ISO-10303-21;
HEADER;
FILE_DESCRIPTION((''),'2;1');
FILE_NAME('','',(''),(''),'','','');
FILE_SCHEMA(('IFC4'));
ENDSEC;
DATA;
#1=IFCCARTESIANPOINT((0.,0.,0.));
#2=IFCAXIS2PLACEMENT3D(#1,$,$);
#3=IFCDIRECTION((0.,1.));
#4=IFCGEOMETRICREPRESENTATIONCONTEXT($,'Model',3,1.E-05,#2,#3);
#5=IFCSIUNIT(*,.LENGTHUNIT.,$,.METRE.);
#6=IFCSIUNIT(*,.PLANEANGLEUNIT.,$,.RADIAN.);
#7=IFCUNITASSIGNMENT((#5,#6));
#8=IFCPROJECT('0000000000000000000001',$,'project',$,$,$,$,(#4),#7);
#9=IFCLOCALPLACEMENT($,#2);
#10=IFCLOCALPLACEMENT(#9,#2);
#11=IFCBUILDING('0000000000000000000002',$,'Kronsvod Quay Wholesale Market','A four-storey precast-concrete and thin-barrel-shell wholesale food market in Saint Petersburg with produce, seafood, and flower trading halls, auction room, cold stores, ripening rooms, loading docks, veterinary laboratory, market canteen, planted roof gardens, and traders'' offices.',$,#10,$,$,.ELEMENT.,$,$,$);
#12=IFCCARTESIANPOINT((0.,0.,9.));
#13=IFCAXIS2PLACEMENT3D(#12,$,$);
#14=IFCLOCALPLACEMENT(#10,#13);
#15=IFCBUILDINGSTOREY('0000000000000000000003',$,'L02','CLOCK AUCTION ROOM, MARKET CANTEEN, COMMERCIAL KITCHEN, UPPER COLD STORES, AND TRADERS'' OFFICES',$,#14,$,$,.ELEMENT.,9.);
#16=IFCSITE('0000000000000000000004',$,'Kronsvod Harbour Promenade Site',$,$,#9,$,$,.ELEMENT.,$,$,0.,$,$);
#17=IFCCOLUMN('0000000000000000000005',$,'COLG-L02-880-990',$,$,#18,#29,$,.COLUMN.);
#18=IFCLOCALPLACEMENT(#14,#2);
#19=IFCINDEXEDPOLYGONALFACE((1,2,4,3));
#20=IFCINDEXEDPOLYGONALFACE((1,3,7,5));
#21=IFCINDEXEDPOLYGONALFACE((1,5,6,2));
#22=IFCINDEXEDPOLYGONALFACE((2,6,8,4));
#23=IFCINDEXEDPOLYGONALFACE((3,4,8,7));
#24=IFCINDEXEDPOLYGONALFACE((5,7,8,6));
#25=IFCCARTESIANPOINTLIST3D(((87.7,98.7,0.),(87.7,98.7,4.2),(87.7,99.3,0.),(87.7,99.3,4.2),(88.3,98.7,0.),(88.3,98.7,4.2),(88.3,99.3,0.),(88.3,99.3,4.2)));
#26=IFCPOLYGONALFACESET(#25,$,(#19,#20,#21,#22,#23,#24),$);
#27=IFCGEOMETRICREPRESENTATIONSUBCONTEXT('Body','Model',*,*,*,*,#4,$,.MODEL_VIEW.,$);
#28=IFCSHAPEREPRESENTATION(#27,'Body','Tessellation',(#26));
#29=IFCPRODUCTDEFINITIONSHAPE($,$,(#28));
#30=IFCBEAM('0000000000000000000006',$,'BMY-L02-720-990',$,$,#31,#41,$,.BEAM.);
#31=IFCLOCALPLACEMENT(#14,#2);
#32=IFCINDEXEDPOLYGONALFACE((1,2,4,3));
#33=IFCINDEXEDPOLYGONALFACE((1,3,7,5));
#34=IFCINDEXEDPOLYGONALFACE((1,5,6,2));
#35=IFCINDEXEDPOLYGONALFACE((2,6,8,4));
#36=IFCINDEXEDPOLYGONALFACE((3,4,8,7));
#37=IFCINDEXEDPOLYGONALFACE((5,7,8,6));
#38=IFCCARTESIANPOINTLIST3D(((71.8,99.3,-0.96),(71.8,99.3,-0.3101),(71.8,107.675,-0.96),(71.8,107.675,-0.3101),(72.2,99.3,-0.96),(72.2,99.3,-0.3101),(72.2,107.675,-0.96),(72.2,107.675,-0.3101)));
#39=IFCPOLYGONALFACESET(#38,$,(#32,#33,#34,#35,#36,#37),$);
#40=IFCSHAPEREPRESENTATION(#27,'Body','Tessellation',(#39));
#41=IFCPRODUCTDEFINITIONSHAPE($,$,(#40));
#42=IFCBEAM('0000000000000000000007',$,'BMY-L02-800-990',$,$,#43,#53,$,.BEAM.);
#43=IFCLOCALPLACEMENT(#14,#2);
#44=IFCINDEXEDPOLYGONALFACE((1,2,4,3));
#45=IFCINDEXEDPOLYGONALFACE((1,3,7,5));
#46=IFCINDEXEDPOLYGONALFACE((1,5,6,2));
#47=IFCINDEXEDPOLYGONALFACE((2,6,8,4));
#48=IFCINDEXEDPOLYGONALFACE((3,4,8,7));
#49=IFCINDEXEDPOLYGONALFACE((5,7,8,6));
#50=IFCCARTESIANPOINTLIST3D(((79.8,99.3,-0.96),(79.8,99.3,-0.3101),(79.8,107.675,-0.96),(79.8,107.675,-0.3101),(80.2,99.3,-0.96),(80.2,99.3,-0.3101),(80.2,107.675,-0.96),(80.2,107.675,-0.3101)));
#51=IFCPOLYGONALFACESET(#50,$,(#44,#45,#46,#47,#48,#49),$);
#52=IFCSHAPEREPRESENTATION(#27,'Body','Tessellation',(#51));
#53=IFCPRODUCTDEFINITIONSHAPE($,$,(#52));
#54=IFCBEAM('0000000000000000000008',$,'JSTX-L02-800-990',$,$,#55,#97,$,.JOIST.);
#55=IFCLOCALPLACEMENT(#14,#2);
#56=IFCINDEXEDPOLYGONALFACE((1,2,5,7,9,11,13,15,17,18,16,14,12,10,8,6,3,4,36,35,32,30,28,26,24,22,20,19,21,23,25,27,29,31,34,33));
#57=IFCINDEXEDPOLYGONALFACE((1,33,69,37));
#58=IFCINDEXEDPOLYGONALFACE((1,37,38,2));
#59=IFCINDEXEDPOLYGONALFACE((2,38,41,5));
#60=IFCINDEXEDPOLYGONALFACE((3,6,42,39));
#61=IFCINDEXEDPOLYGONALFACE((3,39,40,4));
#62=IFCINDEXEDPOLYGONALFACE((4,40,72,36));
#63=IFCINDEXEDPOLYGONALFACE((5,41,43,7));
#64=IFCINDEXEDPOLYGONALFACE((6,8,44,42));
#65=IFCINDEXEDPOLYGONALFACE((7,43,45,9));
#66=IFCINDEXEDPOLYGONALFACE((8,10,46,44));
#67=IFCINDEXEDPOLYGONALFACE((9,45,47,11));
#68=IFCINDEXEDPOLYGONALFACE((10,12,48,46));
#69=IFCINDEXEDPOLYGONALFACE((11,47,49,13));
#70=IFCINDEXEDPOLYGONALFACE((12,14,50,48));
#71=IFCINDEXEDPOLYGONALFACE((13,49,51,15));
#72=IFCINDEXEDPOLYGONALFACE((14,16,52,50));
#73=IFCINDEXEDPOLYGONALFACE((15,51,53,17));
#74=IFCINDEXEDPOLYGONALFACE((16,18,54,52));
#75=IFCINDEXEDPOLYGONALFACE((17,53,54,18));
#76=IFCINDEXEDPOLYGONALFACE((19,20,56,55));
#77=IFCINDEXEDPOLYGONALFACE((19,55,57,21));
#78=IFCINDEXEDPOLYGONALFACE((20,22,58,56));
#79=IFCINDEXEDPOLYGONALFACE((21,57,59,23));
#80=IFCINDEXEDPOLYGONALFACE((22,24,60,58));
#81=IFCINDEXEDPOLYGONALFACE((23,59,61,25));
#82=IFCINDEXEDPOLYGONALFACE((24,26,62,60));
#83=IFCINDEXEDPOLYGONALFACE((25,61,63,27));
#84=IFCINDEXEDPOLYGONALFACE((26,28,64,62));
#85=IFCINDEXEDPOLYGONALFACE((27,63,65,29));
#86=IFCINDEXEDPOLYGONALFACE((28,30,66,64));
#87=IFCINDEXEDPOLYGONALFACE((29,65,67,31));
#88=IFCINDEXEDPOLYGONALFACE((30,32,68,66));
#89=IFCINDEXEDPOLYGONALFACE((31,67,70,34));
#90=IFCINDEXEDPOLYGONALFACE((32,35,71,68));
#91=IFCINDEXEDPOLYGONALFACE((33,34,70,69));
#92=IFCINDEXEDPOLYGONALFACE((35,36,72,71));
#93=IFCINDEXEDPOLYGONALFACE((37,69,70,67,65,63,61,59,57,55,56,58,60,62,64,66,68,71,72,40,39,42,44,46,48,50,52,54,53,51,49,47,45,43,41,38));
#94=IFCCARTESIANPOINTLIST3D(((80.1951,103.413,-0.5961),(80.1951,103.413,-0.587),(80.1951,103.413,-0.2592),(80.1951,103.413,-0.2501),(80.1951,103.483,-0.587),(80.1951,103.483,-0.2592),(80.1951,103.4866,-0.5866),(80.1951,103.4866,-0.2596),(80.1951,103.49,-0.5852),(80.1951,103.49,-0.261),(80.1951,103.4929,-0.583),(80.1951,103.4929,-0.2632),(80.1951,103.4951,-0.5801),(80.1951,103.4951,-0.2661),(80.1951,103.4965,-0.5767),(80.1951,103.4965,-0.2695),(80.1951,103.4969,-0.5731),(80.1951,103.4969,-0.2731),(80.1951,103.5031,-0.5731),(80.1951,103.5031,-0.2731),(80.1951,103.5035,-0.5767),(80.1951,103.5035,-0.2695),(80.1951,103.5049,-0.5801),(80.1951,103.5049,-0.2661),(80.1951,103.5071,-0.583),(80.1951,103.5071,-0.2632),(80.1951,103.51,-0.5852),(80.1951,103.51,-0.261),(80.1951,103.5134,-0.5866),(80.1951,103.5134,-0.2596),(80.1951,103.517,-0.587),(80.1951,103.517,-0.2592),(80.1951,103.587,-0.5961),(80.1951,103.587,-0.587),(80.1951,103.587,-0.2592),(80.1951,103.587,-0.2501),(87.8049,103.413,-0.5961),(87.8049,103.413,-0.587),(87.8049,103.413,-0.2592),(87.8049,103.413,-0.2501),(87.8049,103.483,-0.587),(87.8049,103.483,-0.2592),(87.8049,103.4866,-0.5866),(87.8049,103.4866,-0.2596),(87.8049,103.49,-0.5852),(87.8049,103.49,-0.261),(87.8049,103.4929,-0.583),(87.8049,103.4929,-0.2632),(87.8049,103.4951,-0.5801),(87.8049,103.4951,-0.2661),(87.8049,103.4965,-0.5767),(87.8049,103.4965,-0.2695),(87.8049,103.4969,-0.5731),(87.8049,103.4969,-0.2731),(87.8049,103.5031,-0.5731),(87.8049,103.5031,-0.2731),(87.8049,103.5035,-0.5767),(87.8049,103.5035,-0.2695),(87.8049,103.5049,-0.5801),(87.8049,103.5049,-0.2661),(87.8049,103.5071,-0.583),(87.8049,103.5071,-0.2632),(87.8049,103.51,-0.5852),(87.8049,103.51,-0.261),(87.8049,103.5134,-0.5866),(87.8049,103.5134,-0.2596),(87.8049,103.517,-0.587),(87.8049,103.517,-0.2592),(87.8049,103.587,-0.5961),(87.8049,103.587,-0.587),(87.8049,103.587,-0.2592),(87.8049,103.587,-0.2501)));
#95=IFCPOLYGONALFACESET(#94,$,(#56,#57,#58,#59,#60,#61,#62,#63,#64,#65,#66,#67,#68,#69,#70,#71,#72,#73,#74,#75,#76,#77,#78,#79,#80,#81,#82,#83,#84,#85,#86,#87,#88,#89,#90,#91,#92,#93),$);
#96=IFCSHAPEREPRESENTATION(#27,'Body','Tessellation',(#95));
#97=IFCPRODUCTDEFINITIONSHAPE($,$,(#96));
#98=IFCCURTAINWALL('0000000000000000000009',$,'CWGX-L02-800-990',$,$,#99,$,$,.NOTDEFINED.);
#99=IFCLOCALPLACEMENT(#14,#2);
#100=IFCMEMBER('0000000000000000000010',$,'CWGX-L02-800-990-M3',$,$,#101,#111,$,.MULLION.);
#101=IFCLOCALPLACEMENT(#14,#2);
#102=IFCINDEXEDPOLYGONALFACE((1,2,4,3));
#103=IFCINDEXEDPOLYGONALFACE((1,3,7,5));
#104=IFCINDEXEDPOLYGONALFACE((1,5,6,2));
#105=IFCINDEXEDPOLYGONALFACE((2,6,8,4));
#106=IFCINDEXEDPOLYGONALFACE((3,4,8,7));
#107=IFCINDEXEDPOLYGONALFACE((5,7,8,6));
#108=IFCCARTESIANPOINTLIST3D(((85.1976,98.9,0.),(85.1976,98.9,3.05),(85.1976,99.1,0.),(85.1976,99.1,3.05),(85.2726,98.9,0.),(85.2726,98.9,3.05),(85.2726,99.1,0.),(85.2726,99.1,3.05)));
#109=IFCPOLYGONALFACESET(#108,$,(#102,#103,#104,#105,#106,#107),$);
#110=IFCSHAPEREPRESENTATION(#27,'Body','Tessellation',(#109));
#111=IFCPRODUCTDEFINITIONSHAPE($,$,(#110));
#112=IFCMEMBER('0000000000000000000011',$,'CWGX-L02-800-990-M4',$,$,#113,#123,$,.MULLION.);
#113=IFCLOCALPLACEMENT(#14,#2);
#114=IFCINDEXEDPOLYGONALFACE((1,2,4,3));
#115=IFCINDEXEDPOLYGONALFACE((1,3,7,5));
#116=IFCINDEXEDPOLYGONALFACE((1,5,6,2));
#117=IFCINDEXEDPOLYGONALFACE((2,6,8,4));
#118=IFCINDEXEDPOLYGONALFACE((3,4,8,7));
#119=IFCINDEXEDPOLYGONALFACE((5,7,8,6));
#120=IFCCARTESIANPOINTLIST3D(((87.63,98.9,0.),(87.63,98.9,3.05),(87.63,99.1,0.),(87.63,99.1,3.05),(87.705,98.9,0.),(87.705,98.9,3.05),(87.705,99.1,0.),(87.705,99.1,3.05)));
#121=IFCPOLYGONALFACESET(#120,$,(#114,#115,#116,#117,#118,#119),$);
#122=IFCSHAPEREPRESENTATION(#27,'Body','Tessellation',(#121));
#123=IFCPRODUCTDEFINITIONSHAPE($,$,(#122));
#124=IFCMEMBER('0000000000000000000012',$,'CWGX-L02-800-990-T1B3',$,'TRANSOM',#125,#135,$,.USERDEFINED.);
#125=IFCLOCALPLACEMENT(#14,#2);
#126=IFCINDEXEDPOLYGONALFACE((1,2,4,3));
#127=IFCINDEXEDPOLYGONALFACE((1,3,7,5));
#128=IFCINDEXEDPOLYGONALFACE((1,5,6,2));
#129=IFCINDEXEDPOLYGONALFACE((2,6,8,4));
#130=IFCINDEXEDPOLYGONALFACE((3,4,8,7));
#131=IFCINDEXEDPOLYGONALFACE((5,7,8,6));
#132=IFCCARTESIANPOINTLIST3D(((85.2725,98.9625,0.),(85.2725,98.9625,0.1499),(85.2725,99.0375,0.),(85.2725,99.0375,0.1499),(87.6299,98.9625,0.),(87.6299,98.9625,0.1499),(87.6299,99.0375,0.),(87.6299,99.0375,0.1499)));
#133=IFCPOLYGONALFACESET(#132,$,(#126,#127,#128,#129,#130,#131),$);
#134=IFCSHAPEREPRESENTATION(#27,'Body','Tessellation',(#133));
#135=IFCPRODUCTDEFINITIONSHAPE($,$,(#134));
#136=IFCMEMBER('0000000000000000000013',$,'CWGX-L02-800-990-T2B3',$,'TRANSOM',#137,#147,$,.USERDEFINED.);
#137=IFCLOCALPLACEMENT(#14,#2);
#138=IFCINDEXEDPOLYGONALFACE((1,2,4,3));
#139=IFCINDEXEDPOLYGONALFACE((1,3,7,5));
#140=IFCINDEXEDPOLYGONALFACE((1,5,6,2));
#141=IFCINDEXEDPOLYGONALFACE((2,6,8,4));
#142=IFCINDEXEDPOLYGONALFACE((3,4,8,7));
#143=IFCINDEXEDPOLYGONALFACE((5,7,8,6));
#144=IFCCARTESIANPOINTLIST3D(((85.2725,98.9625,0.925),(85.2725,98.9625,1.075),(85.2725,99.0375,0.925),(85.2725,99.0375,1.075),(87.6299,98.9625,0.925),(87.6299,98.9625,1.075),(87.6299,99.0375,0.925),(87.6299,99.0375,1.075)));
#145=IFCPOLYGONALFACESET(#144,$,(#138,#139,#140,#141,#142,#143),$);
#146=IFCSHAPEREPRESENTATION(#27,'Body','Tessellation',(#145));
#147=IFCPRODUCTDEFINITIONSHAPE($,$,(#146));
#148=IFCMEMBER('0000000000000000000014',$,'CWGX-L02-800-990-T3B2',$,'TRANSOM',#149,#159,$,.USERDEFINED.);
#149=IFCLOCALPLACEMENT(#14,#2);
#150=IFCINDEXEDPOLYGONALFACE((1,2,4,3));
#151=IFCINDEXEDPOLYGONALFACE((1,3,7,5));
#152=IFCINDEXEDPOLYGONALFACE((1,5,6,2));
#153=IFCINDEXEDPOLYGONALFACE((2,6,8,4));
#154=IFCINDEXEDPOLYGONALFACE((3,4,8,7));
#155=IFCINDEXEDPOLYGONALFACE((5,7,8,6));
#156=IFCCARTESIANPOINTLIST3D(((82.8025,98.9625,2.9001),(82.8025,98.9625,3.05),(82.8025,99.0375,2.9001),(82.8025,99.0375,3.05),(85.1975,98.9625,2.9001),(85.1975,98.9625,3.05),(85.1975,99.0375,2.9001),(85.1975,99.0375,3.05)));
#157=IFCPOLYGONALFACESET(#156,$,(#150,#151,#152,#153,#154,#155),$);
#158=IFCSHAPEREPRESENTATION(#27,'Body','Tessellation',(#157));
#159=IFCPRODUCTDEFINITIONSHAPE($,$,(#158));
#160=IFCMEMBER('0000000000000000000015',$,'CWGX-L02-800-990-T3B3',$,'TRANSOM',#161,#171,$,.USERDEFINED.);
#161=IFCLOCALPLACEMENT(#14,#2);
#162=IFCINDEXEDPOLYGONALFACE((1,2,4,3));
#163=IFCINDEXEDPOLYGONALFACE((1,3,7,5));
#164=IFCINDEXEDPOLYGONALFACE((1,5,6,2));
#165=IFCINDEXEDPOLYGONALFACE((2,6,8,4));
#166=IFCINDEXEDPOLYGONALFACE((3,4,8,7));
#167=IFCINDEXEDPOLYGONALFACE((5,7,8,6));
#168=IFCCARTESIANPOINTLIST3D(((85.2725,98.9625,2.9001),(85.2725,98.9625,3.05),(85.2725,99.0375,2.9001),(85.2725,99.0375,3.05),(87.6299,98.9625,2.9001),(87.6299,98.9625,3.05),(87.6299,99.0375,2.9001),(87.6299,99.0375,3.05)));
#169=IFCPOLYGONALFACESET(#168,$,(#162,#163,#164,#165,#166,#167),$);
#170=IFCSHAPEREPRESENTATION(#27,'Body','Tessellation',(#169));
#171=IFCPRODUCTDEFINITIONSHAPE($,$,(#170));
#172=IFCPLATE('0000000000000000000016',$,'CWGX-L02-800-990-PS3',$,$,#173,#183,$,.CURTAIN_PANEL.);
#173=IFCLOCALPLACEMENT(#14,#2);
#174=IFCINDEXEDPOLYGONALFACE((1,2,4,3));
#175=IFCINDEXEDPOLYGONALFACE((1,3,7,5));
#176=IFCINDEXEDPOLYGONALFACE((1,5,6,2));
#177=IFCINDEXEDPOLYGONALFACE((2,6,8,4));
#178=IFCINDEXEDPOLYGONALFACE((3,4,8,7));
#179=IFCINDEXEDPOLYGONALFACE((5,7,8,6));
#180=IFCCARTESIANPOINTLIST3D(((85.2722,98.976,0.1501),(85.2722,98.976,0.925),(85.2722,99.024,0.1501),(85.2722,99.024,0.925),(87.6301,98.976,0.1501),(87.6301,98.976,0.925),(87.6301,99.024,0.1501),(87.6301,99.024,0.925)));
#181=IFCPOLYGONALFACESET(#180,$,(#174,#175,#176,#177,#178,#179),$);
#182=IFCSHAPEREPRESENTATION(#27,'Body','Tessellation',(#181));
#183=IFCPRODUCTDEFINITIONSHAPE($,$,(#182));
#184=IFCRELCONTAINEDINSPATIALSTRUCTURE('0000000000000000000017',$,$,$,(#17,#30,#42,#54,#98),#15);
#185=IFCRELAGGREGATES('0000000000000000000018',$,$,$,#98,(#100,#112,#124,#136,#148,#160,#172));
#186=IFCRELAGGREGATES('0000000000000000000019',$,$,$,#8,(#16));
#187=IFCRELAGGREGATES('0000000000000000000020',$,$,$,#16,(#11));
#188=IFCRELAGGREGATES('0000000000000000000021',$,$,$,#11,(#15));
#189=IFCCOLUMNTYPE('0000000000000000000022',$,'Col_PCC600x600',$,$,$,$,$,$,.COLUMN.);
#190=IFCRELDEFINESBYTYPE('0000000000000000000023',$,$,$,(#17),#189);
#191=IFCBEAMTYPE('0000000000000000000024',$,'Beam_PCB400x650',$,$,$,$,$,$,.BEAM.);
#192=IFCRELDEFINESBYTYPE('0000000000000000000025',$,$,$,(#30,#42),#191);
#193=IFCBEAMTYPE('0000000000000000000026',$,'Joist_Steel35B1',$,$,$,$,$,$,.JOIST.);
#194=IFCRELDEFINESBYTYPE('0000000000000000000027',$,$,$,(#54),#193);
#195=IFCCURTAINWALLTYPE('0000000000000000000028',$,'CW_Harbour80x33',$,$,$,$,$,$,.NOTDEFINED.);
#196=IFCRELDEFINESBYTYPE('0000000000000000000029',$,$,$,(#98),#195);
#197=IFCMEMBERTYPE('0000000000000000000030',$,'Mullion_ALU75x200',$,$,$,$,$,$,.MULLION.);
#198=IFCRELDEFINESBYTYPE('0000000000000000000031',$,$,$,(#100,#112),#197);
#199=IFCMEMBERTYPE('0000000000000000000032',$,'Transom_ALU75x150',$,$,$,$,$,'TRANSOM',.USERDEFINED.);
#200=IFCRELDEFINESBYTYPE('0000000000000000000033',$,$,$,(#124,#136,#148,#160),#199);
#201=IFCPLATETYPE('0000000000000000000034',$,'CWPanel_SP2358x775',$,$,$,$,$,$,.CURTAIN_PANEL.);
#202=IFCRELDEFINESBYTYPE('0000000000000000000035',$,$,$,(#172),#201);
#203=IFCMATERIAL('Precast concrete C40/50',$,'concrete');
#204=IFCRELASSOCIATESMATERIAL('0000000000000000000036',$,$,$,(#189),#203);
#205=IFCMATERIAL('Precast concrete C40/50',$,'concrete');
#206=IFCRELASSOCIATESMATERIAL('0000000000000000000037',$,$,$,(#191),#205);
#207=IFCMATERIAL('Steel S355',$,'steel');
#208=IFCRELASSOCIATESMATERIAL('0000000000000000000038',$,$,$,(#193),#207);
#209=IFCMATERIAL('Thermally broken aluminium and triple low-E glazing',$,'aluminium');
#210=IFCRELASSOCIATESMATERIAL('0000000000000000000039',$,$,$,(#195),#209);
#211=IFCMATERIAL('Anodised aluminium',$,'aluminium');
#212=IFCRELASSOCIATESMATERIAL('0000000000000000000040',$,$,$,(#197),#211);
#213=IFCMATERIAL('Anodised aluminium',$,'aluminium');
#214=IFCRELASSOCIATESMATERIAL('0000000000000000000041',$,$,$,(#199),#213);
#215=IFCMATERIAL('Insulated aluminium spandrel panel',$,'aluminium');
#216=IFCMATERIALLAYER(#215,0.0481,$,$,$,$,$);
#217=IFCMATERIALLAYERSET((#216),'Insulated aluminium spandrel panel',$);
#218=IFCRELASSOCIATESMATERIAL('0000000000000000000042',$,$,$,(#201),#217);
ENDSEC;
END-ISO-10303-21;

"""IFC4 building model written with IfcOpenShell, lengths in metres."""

from ifc_helpers import new_model, si_unit, direction, frame, origin, origin_2d, place, context, subcontext, project, spatial, rectangle, i_section, extrude, material, layer, layer_set, material_profile, profile_set, type_object, element, aggregate, save


model = new_model("IFC4")

# Units and contexts
model_context = context("Model", 3, precision=1e-05, world=origin(), true_north=direction((0.0, 1.0)))
body_context = subcontext(model_context, "Body", "Model", "MODEL_VIEW")
ifc_project = project(units=[si_unit("LENGTHUNIT", "METRE"), si_unit("PLANEANGLEUNIT", "RADIAN")], contexts=[model_context])

# Site, building, storey
site_placement = place(None, origin())
site = spatial("IfcSite", under=ifc_project, at=site_placement, Name="Kronsvod Harbour Promenade Site", CompositionType="ELEMENT", RefElevation=0.0)
building_placement = place(site_placement, origin())
building = spatial("IfcBuilding", under=site, at=building_placement, Name="Kronsvod Quay Wholesale Market", Description="A four-storey precast-concrete and thin-barrel-shell wholesale food market in Saint Petersburg with produce, seafood, and flower trading halls, auction room, cold stores, ripening rooms, loading docks, veterinary laboratory, market canteen, planted roof gardens, and traders' offices.", CompositionType="ELEMENT")
storey_placement = place(building_placement, frame((0.0, 0.0, 9.0)))
storey = spatial("IfcBuildingStorey", under=building, at=storey_placement, Name="L02", Description="CLOCK AUCTION ROOM, MARKET CANTEEN, COMMERCIAL KITCHEN, UPPER COLD STORES, AND TRADERS' OFFICES", CompositionType="ELEMENT", Elevation=9.0)

# Column
ifc_material_1 = material(Name="Precast concrete C40/50", Category="concrete")
ifc_material_profile_1 = material_profile(ifc_material_1, rectangle(XDim=0.6001, YDim=0.6001, at=origin_2d()), Name="PCC600x600")
ifc_profile_set_1 = profile_set([ifc_material_profile_1], Name="Precast concrete C40/50")
column_type = type_object("IfcColumnType", Name="Col_PCC600x600", PredefinedType="COLUMN", material=ifc_profile_set_1)
column_placement = place(storey_placement, frame((88.0, 99.0, 0.0), z_axis=(0.0, 0.0, 1.0), x_axis=(1.0, 0.0, 0.0)))
element("IfcColumn", 1, at=column_placement, inside=storey, type_object=column_type, Name="COLG-L02-880-990", PredefinedType="COLUMN", context=body_context, shape_type="SweptSolid", body=[
    extrude(rectangle(XDim=0.6001, YDim=0.6001, at=origin_2d()), origin(), (0.0, 0.0, 1.0), 4.2),
])

# Beams
ifc_material_2 = material(Name="Precast concrete C40/50", Category="concrete")
ifc_material_profile_2 = material_profile(ifc_material_2, rectangle(XDim=0.3999, YDim=0.6499, at=origin_2d()), Name="PCB400x650")
ifc_profile_set_2 = profile_set([ifc_material_profile_2], Name="Precast concrete C40/50")
beam_type_1 = type_object("IfcBeamType", Name="Beam_PCB400x650", PredefinedType="BEAM", material=ifc_profile_set_2)
for number, where, z_axis, x_axis, name in (
    (2, (72.0, 99.3, -0.635), (0.0, 1.0, 0.0), (-1.0, 0.0, 0.0), "BMY-L02-720-990"),
    (3, (80.0, 99.3, -0.635), (0.0, 1.0, 0.0), (-1.0, 0.0, 0.0), "BMY-L02-800-990"),
):
    element("IfcBeam", number, at=place(storey_placement, frame(where, z_axis=z_axis, x_axis=x_axis)), inside=storey, type_object=beam_type_1, Name=name, PredefinedType="BEAM", context=body_context, shape_type="SweptSolid", body=[
        extrude(rectangle(XDim=0.3999, YDim=0.6499, at=origin_2d()), origin(), (0.0, 0.0, 1.0), 8.375),
    ])
ifc_material_3 = material(Name="Steel S355", Category="steel")
ifc_material_profile_3 = material_profile(ifc_material_3, i_section(OverallWidth=0.1741, OverallDepth=0.3459, WebThickness=0.0061, FlangeThickness=0.009, FilletRadius=0.0139, at=origin_2d()), Name="35B1")
ifc_profile_set_3 = profile_set([ifc_material_profile_3], Name="Steel S355")
beam_type_2 = type_object("IfcBeamType", Name="Joist_Steel35B1", PredefinedType="JOIST", material=ifc_profile_set_3)
beam_placement = place(storey_placement, frame((80.1951, 103.5, -0.4231), z_axis=(1.0, 0.0, 0.0), x_axis=(0.0, 1.0, 0.0)))
element("IfcBeam", 4, at=beam_placement, inside=storey, type_object=beam_type_2, Name="JSTX-L02-800-990", PredefinedType="JOIST", context=body_context, shape_type="SweptSolid", body=[
    extrude(i_section(OverallWidth=0.1741, OverallDepth=0.3459, WebThickness=0.0061, FlangeThickness=0.009, FilletRadius=0.0139, at=origin_2d()), origin(), (0.0, 0.0, 1.0), 7.6099),
])

# Curtain wall, members, plate
ifc_material_4 = material(Name="Thermally broken aluminium and triple low-E glazing", Category="aluminium")
curtain_wall_type = type_object("IfcCurtainWallType", Name="CW_Harbour80x33", PredefinedType="NOTDEFINED", material=ifc_material_4)
curtain_wall_placement = place(storey_placement, origin())
curtain_wall = element("IfcCurtainWall", 5, at=curtain_wall_placement, inside=storey, type_object=curtain_wall_type, Name="CWGX-L02-800-990", PredefinedType="NOTDEFINED")
ifc_material_5 = material(Name="Anodised aluminium", Category="aluminium")
ifc_material_profile_4 = material_profile(ifc_material_5, rectangle(XDim=0.075, YDim=0.2, at=origin_2d()), Name="ALUM75x200")
ifc_profile_set_4 = profile_set([ifc_material_profile_4], Name="Anodised aluminium")
member_type_1 = type_object("IfcMemberType", Name="Mullion_ALU75x200", PredefinedType="MULLION", material=ifc_profile_set_4)
member_1_placement = place(storey_placement, frame((85.2351, 99.0, 0.0), z_axis=(0.0, 0.0, 1.0), x_axis=(1.0, 0.0, 0.0)))
member_1 = element("IfcMember", 6, at=member_1_placement, type_object=member_type_1, Name="CWGX-L02-800-990-M3", PredefinedType="MULLION", context=body_context, shape_type="SweptSolid", body=[
    extrude(rectangle(XDim=0.075, YDim=0.2, at=origin_2d()), origin(), (0.0, 0.0, 1.0), 3.05),
])
member_2_placement = place(storey_placement, frame((87.6675, 99.0, 0.0), z_axis=(0.0, 0.0, 1.0), x_axis=(1.0, 0.0, 0.0)))
member_2 = element("IfcMember", 7, at=member_2_placement, type_object=member_type_1, Name="CWGX-L02-800-990-M4", PredefinedType="MULLION", context=body_context, shape_type="SweptSolid", body=[
    extrude(rectangle(XDim=0.075, YDim=0.2, at=origin_2d()), origin(), (0.0, 0.0, 1.0), 3.05),
])
ifc_material_6 = material(Name="Anodised aluminium", Category="aluminium")
ifc_material_profile_5 = material_profile(ifc_material_6, rectangle(XDim=0.075, YDim=0.1499, at=origin_2d()), Name="ALUT75x150")
ifc_profile_set_5 = profile_set([ifc_material_profile_5], Name="Anodised aluminium")
member_type_2 = type_object("IfcMemberType", Name="Transom_ALU75x150", ElementType="TRANSOM", PredefinedType="USERDEFINED", material=ifc_profile_set_5)
member_3_placement = place(storey_placement, frame((85.2725, 99.0, 0.075), z_axis=(1.0, 0.0, 0.0), x_axis=(0.0, 1.0, 0.0)))
member_3 = element("IfcMember", 8, at=member_3_placement, type_object=member_type_2, Name="CWGX-L02-800-990-T1B3", ObjectType="TRANSOM", PredefinedType="USERDEFINED", context=body_context, shape_type="SweptSolid", body=[
    extrude(rectangle(XDim=0.075, YDim=0.1499, at=origin_2d()), origin(), (0.0, 0.0, 1.0), 2.3574),
])
member_4_placement = place(storey_placement, frame((85.2725, 99.0, 1.0), z_axis=(1.0, 0.0, 0.0), x_axis=(0.0, 1.0, 0.0)))
member_4 = element("IfcMember", 9, at=member_4_placement, type_object=member_type_2, Name="CWGX-L02-800-990-T2B3", ObjectType="TRANSOM", PredefinedType="USERDEFINED", context=body_context, shape_type="SweptSolid", body=[
    extrude(rectangle(XDim=0.075, YDim=0.1499, at=origin_2d()), origin(), (0.0, 0.0, 1.0), 2.3574),
])
member_5_placement = place(storey_placement, frame((82.8025, 99.0, 2.9751), z_axis=(1.0, 0.0, 0.0), x_axis=(0.0, 1.0, 0.0)))
member_5 = element("IfcMember", 10, at=member_5_placement, type_object=member_type_2, Name="CWGX-L02-800-990-T3B2", ObjectType="TRANSOM", PredefinedType="USERDEFINED", context=body_context, shape_type="SweptSolid", body=[
    extrude(rectangle(XDim=0.075, YDim=0.1499, at=origin_2d()), origin(), (0.0, 0.0, 1.0), 2.395),
])
member_6_placement = place(storey_placement, frame((85.2725, 99.0, 2.9751), z_axis=(1.0, 0.0, 0.0), x_axis=(0.0, 1.0, 0.0)))
member_6 = element("IfcMember", 11, at=member_6_placement, type_object=member_type_2, Name="CWGX-L02-800-990-T3B3", ObjectType="TRANSOM", PredefinedType="USERDEFINED", context=body_context, shape_type="SweptSolid", body=[
    extrude(rectangle(XDim=0.075, YDim=0.1499, at=origin_2d()), origin(), (0.0, 0.0, 1.0), 2.3574),
])
ifc_material_7 = material(Name="Insulated aluminium spandrel panel", Category="aluminium")
ifc_layer_1 = layer(ifc_material_7, 0.0481)
ifc_layer_set_1 = layer_set([ifc_layer_1], Name="Insulated aluminium spandrel panel")
plate_type_1 = type_object("IfcPlateType", Name="CWPanel_SP2358x775", PredefinedType="CURTAIN_PANEL", material=ifc_layer_set_1)
plate_1_placement = place(storey_placement, frame((86.4512, 99.0, 0.1501), z_axis=(0.0, 0.0, 1.0), x_axis=(1.0, 0.0, 0.0)))
plate_1 = element("IfcPlate", 12, at=plate_1_placement, type_object=plate_type_1, Name="CWGX-L02-800-990-PS3", PredefinedType="CURTAIN_PANEL", context=body_context, shape_type="SweptSolid", body=[
    extrude(rectangle(XDim=2.3579, YDim=0.0481, at=origin_2d()), origin(), (0.0, 0.0, 1.0), 0.7749),
])
aggregate(curtain_wall, [member_1, member_2, member_3, member_4, member_5, member_6, plate_1])

save(model, "model.ifc")
